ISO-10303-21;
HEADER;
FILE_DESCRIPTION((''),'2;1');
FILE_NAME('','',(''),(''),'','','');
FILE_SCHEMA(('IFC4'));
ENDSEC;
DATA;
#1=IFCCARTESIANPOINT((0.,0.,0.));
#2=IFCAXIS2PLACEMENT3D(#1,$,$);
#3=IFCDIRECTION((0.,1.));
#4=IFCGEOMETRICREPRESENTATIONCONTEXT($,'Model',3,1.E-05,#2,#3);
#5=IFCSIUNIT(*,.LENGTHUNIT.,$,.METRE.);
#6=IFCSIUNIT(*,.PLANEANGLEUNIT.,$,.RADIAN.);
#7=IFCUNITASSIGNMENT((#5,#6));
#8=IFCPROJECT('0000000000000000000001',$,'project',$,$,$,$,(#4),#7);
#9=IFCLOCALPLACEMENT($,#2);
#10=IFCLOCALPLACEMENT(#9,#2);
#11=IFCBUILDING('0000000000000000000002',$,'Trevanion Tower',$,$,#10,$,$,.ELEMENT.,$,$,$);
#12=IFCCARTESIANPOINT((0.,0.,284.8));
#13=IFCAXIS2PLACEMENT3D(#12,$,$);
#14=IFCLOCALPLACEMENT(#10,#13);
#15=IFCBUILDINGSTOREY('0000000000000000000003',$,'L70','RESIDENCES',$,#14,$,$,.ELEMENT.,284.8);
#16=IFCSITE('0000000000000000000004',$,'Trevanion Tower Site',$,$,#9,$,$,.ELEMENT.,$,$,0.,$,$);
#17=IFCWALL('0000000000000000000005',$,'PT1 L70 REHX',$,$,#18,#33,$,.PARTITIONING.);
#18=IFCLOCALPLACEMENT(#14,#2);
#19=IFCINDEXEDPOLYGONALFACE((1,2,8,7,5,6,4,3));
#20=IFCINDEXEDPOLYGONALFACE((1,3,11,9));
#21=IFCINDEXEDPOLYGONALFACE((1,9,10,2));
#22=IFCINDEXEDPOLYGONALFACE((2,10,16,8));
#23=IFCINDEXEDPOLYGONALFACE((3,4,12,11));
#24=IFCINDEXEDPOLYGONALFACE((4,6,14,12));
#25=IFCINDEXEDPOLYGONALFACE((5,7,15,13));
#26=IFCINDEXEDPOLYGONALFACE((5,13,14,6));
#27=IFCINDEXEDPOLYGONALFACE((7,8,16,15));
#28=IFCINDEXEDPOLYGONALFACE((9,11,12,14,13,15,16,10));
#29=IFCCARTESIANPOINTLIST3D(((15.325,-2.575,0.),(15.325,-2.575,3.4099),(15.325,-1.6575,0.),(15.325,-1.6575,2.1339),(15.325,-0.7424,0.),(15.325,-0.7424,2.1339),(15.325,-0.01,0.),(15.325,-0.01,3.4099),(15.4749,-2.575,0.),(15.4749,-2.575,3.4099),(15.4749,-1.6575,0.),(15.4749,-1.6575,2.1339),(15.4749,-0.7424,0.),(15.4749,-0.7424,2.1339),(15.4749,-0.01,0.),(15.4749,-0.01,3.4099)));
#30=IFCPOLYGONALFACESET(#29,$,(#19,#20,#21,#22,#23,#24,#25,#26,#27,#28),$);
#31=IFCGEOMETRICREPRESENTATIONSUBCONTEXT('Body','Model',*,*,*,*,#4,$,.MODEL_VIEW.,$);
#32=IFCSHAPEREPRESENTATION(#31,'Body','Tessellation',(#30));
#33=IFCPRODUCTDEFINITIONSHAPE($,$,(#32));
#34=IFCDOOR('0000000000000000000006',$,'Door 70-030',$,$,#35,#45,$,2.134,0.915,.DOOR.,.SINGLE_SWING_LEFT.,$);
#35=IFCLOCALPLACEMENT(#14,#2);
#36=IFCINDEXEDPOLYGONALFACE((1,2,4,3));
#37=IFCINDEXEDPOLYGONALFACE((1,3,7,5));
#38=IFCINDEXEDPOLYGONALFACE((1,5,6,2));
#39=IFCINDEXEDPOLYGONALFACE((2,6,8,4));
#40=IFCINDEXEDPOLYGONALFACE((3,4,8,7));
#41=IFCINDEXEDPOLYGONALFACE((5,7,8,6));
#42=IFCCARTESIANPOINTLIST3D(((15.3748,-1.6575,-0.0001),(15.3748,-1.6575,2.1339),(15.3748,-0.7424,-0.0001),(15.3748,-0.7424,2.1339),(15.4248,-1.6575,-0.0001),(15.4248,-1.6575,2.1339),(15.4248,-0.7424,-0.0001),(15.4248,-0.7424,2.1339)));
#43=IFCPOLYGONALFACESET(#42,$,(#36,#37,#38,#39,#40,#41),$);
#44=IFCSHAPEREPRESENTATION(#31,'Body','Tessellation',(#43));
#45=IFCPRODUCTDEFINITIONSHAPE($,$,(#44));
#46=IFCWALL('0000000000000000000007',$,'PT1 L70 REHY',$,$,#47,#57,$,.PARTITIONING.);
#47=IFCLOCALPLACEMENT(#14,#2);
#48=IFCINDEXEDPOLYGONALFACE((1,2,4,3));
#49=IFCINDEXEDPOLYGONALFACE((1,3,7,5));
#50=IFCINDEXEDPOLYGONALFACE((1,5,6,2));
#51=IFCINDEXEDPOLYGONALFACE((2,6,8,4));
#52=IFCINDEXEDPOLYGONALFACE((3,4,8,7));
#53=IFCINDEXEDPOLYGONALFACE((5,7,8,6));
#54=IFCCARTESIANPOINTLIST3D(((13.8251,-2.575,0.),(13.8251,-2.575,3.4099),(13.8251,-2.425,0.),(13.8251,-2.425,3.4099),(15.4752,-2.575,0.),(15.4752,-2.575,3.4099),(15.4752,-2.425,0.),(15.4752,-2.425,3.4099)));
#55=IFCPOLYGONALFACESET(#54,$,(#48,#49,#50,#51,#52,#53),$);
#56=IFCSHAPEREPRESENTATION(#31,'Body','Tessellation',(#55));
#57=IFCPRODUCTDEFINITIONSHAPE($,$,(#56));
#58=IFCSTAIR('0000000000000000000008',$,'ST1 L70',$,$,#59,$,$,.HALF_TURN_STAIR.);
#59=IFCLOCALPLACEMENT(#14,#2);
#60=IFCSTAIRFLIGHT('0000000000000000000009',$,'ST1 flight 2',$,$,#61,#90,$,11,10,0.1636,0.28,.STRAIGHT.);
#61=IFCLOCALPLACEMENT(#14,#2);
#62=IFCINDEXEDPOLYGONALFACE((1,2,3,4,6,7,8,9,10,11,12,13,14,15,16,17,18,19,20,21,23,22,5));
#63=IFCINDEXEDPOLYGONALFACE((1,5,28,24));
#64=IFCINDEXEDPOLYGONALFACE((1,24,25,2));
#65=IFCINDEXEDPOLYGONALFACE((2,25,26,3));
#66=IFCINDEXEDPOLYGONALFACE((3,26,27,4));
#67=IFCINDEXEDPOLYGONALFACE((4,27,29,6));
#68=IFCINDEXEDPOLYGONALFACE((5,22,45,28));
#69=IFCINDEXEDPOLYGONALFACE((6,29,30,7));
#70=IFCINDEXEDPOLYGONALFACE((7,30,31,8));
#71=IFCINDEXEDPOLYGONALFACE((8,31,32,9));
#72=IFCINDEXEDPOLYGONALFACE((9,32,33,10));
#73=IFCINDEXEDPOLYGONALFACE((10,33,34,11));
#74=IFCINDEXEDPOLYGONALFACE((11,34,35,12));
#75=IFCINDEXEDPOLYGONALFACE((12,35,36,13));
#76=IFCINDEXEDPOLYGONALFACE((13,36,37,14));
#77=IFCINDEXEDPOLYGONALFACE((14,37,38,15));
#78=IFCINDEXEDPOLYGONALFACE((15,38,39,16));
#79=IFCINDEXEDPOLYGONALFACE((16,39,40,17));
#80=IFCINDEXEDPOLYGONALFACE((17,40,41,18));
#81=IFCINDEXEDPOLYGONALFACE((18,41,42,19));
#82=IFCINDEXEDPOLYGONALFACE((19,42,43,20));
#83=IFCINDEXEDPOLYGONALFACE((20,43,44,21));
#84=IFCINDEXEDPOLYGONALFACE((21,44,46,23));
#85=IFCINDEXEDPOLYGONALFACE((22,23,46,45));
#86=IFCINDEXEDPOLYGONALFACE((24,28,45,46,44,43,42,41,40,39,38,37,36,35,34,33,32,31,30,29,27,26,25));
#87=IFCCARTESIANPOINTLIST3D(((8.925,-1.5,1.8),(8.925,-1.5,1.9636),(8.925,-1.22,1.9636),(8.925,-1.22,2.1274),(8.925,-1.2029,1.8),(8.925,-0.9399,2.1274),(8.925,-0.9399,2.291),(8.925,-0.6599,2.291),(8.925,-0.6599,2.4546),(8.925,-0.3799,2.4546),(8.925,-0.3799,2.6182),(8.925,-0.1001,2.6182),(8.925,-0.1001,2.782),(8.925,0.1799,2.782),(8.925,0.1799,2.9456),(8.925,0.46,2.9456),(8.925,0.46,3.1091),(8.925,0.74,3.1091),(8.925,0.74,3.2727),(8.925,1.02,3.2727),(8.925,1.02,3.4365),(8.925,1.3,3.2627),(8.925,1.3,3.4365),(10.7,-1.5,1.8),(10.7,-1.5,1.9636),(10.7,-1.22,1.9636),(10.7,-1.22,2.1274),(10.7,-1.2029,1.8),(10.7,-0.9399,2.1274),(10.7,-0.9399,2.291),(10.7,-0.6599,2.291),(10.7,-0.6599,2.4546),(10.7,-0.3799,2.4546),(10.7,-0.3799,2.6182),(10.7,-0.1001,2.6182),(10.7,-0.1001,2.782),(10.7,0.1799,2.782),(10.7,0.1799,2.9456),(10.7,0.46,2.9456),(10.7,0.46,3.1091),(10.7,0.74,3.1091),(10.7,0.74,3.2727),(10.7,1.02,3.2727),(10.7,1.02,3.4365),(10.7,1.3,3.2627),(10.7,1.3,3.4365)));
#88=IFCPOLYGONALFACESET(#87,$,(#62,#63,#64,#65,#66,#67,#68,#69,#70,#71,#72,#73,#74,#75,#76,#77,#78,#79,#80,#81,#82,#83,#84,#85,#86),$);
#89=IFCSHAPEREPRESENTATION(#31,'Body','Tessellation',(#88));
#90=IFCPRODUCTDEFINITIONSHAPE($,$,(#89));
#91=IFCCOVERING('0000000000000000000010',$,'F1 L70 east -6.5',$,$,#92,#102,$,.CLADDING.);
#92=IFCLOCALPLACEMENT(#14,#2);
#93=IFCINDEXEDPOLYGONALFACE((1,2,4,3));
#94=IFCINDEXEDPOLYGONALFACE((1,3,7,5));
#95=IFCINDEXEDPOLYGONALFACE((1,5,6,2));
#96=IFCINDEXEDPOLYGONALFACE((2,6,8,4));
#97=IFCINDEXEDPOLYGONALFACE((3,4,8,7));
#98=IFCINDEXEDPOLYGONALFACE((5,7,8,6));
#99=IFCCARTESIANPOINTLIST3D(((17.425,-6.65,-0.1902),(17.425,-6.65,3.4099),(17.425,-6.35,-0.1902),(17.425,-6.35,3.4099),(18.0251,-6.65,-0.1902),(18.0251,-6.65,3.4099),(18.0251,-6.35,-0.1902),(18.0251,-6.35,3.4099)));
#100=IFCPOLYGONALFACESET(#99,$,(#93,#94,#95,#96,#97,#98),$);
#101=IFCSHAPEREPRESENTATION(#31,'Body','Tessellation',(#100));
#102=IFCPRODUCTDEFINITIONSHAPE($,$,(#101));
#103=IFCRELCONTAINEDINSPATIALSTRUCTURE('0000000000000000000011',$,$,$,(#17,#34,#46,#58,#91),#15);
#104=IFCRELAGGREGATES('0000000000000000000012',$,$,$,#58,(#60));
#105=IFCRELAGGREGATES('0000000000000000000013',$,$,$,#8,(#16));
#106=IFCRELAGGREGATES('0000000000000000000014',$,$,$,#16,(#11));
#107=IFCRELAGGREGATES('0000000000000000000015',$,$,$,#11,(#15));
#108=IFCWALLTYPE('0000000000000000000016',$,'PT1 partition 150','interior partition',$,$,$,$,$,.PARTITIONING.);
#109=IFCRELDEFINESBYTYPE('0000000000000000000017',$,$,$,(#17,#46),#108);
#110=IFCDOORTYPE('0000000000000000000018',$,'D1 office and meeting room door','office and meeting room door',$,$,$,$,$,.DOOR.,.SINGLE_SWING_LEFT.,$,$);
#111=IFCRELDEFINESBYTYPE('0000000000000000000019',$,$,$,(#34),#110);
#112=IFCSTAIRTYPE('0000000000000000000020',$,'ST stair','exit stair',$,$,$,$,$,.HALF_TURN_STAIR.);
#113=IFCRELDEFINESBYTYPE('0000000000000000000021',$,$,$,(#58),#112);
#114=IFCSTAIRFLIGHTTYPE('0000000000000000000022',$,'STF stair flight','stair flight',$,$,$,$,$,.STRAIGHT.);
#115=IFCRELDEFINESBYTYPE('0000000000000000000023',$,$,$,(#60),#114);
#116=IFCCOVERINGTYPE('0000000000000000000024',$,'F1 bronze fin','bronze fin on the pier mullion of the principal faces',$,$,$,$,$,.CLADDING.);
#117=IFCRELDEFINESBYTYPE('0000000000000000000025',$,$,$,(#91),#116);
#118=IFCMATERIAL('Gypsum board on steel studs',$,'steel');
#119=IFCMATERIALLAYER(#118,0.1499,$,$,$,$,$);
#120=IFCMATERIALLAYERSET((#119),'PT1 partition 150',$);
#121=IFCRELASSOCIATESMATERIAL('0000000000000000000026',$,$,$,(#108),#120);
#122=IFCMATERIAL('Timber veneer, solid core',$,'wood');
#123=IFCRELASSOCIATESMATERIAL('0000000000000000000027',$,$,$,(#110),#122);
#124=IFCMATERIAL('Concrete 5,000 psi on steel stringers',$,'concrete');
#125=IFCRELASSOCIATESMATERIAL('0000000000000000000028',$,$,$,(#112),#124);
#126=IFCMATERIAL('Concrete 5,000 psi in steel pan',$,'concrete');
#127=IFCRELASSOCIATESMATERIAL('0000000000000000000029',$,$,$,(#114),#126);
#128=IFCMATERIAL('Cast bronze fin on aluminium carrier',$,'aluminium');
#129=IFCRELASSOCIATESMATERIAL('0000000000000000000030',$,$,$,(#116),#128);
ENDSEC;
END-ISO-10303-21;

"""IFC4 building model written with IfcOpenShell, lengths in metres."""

from ifc_helpers import new_model, si_unit, direction, frame, frame_2d, origin, origin_2d, place, context, subcontext, project, spatial, polyline, rectangle, outline, extrude, material, layer, layer_set, type_object, element, fill, aggregate, save


model = new_model("IFC4")

# Units and contexts
model_context = context("Model", 3, precision=1e-05, world=origin(), true_north=direction((0.0, 1.0)))
body_context = subcontext(model_context, "Body", "Model", "MODEL_VIEW")
ifc_project = project(units=[si_unit("LENGTHUNIT", "METRE"), si_unit("PLANEANGLEUNIT", "RADIAN")], contexts=[model_context])

# Site, building, storey
site_placement = place(None, origin())
site = spatial("IfcSite", under=ifc_project, at=site_placement, Name="Trevanion Tower Site", CompositionType="ELEMENT", RefElevation=0.0)
building_placement = place(site_placement, origin())
building = spatial("IfcBuilding", under=site, at=building_placement, Name="Trevanion Tower", CompositionType="ELEMENT")
storey_placement = place(building_placement, frame((0.0, 0.0, 284.8)))
storey = spatial("IfcBuildingStorey", under=building, at=storey_placement, Name="L70", Description="RESIDENCES", CompositionType="ELEMENT", Elevation=284.8)

# Shared definitions
ifc_material_1 = material(Name="Gypsum board on steel studs", Category="steel")
ifc_layer_1 = layer(ifc_material_1, 0.1499)
ifc_layer_set_1 = layer_set([ifc_layer_1], Name="PT1 partition 150")
wall_type = type_object("IfcWallType", Name="PT1 partition 150", Description="interior partition", PredefinedType="PARTITIONING", material=ifc_layer_set_1)
ifc_material_2 = material(Name="Timber veneer, solid core", Category="wood")
door_type_1 = type_object("IfcDoorType", Name="D1 office and meeting room door", Description="office and meeting room door", OperationType="SINGLE_SWING_LEFT", PredefinedType="DOOR", material=ifc_material_2)

# Wall, opening, door
wall_1_placement = place(storey_placement, frame((15.3999, -0.01, 0.0), z_axis=(0.0, 0.0, 1.0), x_axis=(0.0, -1.0, 0.0)))
wall_1 = element("IfcWall", 1, at=wall_1_placement, inside=storey, type_object=wall_type, Name="PT1 L70 REHX", PredefinedType="PARTITIONING", context=body_context, shape_type="SweptSolid", body=[
    extrude(rectangle(XDim=2.5649, YDim=0.1499, at=frame_2d((1.2825, 0.0))), origin(), (0.0, 0.0, 1.0), 3.4099),
])
opening_1_placement = place(wall_1_placement, frame((0.7324, 0.0, 0.0)))
opening_1 = element("IfcOpeningElement", 2, at=opening_1_placement, cuts=wall_1, PredefinedType="OPENING", context=body_context, shape_type="SweptSolid", body=[
    extrude(rectangle(XDim=0.915, YDim=2.134, at=frame_2d((0.4575, 1.0669))), frame((0.0, 0.085, 0.0), z_axis=(0.0, -1.0, 0.0), x_axis=(1.0, 0.0, 0.0)), (0.0, 0.0, 1.0), 0.1699),
])
door_1_placement = place(opening_1_placement, origin())
door_1 = element("IfcDoor", 3, at=door_1_placement, inside=storey, type_object=door_type_1, Name="Door 70-030", OperationType="SINGLE_SWING_LEFT", OverallHeight=2.134, OverallWidth=0.915, PredefinedType="DOOR", context=body_context, shape_type="SweptSolid", body=[
    extrude(rectangle(XDim=0.915, YDim=2.134, at=frame_2d((0.4575, 1.0669))), frame((0.0, 0.0249, 0.0), z_axis=(0.0, -1.0, 0.0), x_axis=(1.0, 0.0, 0.0)), (0.0, 0.0, 1.0), 0.05),
])
fill(opening_1, door_1)

# Wall
wall_2_placement = place(storey_placement, frame((13.825, -2.5, 0.0), z_axis=(0.0, 0.0, 1.0), x_axis=(1.0, 0.0, 0.0)))
element("IfcWall", 4, at=wall_2_placement, inside=storey, type_object=wall_type, Name="PT1 L70 REHY", PredefinedType="PARTITIONING", context=body_context, shape_type="SweptSolid", body=[
    extrude(rectangle(XDim=1.6501, YDim=0.1499, at=frame_2d((0.8252, 0.0))), origin(), (0.0, 0.0, 1.0), 3.4099),
])

# Stair, stair flight
ifc_material_3 = material(Name="Concrete 5,000 psi on steel stringers", Category="concrete")
stair_type = type_object("IfcStairType", Name="ST stair", Description="exit stair", PredefinedType="HALF_TURN_STAIR", material=ifc_material_3)
stair_placement = place(storey_placement, origin())
stair = element("IfcStair", 5, at=stair_placement, inside=storey, type_object=stair_type, Name="ST1 L70", PredefinedType="HALF_TURN_STAIR")
ifc_material_4 = material(Name="Concrete 5,000 psi in steel pan", Category="concrete")
stair_flight_type = type_object("IfcStairFlightType", Name="STF stair flight", Description="stair flight", PredefinedType="STRAIGHT", material=ifc_material_4)
stair_flight_placement = place(storey_placement, frame((9.8125, -1.5, 1.8), z_axis=(0.0, 0.0, 1.0), x_axis=(0.0, 1.0, 0.0)))
stair_flight = element("IfcStairFlight", 6, at=stair_flight_placement, type_object=stair_flight_type, Name="ST1 flight 2", NumberOfRisers=11, NumberOfTreads=10, PredefinedType="STRAIGHT", RiserHeight=0.1636, TreadLength=0.28, context=body_context, shape_type="SweptSolid", body=[
    extrude(outline(polyline([(0.0, 0.0), (0.0, 0.1636), (0.28, 0.1636), (0.28, 0.3274), (0.5601, 0.3274), (0.5601, 0.491), (0.8401, 0.491), (0.8401, 0.6545), (1.1201, 0.6545), (1.1201, 0.8181), (1.3999, 0.8181), (1.3999, 0.9819), (1.6799, 0.9819), (1.6799, 1.1455), (1.96, 1.1455), (1.96, 1.3091), (2.24, 1.3091), (2.24, 1.4727), (2.52, 1.4727), (2.52, 1.6365), (2.8, 1.6365), (2.8, 1.8), (2.8, 1.4626), (0.2971, 0.0), (0.0, 0.0)])), frame((0.0, 0.8875, 0.0), z_axis=(0.0, -1.0, 0.0), x_axis=(1.0, 0.0, 0.0)), (0.0, 0.0, 1.0), 1.7749),
])
aggregate(stair, [stair_flight])

# Covering
ifc_material_5 = material(Name="Cast bronze fin on aluminium carrier", Category="aluminium")
covering_type = type_object("IfcCoveringType", Name="F1 bronze fin", Description="bronze fin on the pier mullion of the principal faces", PredefinedType="CLADDING", material=ifc_material_5)
covering_placement = place(storey_placement, frame((17.7251, -6.5, -0.1902), z_axis=(0.0, 0.0, 1.0), x_axis=(0.0, 1.0, 0.0)))
element("IfcCovering", 7, at=covering_placement, inside=storey, type_object=covering_type, Name="F1 L70 east -6.5", PredefinedType="CLADDING", context=body_context, shape_type="SweptSolid", body=[
    extrude(rectangle(XDim=0.3, YDim=0.6001, at=origin_2d()), origin(), (0.0, 0.0, 1.0), 3.6001),
])

save(model, "model.ifc")
